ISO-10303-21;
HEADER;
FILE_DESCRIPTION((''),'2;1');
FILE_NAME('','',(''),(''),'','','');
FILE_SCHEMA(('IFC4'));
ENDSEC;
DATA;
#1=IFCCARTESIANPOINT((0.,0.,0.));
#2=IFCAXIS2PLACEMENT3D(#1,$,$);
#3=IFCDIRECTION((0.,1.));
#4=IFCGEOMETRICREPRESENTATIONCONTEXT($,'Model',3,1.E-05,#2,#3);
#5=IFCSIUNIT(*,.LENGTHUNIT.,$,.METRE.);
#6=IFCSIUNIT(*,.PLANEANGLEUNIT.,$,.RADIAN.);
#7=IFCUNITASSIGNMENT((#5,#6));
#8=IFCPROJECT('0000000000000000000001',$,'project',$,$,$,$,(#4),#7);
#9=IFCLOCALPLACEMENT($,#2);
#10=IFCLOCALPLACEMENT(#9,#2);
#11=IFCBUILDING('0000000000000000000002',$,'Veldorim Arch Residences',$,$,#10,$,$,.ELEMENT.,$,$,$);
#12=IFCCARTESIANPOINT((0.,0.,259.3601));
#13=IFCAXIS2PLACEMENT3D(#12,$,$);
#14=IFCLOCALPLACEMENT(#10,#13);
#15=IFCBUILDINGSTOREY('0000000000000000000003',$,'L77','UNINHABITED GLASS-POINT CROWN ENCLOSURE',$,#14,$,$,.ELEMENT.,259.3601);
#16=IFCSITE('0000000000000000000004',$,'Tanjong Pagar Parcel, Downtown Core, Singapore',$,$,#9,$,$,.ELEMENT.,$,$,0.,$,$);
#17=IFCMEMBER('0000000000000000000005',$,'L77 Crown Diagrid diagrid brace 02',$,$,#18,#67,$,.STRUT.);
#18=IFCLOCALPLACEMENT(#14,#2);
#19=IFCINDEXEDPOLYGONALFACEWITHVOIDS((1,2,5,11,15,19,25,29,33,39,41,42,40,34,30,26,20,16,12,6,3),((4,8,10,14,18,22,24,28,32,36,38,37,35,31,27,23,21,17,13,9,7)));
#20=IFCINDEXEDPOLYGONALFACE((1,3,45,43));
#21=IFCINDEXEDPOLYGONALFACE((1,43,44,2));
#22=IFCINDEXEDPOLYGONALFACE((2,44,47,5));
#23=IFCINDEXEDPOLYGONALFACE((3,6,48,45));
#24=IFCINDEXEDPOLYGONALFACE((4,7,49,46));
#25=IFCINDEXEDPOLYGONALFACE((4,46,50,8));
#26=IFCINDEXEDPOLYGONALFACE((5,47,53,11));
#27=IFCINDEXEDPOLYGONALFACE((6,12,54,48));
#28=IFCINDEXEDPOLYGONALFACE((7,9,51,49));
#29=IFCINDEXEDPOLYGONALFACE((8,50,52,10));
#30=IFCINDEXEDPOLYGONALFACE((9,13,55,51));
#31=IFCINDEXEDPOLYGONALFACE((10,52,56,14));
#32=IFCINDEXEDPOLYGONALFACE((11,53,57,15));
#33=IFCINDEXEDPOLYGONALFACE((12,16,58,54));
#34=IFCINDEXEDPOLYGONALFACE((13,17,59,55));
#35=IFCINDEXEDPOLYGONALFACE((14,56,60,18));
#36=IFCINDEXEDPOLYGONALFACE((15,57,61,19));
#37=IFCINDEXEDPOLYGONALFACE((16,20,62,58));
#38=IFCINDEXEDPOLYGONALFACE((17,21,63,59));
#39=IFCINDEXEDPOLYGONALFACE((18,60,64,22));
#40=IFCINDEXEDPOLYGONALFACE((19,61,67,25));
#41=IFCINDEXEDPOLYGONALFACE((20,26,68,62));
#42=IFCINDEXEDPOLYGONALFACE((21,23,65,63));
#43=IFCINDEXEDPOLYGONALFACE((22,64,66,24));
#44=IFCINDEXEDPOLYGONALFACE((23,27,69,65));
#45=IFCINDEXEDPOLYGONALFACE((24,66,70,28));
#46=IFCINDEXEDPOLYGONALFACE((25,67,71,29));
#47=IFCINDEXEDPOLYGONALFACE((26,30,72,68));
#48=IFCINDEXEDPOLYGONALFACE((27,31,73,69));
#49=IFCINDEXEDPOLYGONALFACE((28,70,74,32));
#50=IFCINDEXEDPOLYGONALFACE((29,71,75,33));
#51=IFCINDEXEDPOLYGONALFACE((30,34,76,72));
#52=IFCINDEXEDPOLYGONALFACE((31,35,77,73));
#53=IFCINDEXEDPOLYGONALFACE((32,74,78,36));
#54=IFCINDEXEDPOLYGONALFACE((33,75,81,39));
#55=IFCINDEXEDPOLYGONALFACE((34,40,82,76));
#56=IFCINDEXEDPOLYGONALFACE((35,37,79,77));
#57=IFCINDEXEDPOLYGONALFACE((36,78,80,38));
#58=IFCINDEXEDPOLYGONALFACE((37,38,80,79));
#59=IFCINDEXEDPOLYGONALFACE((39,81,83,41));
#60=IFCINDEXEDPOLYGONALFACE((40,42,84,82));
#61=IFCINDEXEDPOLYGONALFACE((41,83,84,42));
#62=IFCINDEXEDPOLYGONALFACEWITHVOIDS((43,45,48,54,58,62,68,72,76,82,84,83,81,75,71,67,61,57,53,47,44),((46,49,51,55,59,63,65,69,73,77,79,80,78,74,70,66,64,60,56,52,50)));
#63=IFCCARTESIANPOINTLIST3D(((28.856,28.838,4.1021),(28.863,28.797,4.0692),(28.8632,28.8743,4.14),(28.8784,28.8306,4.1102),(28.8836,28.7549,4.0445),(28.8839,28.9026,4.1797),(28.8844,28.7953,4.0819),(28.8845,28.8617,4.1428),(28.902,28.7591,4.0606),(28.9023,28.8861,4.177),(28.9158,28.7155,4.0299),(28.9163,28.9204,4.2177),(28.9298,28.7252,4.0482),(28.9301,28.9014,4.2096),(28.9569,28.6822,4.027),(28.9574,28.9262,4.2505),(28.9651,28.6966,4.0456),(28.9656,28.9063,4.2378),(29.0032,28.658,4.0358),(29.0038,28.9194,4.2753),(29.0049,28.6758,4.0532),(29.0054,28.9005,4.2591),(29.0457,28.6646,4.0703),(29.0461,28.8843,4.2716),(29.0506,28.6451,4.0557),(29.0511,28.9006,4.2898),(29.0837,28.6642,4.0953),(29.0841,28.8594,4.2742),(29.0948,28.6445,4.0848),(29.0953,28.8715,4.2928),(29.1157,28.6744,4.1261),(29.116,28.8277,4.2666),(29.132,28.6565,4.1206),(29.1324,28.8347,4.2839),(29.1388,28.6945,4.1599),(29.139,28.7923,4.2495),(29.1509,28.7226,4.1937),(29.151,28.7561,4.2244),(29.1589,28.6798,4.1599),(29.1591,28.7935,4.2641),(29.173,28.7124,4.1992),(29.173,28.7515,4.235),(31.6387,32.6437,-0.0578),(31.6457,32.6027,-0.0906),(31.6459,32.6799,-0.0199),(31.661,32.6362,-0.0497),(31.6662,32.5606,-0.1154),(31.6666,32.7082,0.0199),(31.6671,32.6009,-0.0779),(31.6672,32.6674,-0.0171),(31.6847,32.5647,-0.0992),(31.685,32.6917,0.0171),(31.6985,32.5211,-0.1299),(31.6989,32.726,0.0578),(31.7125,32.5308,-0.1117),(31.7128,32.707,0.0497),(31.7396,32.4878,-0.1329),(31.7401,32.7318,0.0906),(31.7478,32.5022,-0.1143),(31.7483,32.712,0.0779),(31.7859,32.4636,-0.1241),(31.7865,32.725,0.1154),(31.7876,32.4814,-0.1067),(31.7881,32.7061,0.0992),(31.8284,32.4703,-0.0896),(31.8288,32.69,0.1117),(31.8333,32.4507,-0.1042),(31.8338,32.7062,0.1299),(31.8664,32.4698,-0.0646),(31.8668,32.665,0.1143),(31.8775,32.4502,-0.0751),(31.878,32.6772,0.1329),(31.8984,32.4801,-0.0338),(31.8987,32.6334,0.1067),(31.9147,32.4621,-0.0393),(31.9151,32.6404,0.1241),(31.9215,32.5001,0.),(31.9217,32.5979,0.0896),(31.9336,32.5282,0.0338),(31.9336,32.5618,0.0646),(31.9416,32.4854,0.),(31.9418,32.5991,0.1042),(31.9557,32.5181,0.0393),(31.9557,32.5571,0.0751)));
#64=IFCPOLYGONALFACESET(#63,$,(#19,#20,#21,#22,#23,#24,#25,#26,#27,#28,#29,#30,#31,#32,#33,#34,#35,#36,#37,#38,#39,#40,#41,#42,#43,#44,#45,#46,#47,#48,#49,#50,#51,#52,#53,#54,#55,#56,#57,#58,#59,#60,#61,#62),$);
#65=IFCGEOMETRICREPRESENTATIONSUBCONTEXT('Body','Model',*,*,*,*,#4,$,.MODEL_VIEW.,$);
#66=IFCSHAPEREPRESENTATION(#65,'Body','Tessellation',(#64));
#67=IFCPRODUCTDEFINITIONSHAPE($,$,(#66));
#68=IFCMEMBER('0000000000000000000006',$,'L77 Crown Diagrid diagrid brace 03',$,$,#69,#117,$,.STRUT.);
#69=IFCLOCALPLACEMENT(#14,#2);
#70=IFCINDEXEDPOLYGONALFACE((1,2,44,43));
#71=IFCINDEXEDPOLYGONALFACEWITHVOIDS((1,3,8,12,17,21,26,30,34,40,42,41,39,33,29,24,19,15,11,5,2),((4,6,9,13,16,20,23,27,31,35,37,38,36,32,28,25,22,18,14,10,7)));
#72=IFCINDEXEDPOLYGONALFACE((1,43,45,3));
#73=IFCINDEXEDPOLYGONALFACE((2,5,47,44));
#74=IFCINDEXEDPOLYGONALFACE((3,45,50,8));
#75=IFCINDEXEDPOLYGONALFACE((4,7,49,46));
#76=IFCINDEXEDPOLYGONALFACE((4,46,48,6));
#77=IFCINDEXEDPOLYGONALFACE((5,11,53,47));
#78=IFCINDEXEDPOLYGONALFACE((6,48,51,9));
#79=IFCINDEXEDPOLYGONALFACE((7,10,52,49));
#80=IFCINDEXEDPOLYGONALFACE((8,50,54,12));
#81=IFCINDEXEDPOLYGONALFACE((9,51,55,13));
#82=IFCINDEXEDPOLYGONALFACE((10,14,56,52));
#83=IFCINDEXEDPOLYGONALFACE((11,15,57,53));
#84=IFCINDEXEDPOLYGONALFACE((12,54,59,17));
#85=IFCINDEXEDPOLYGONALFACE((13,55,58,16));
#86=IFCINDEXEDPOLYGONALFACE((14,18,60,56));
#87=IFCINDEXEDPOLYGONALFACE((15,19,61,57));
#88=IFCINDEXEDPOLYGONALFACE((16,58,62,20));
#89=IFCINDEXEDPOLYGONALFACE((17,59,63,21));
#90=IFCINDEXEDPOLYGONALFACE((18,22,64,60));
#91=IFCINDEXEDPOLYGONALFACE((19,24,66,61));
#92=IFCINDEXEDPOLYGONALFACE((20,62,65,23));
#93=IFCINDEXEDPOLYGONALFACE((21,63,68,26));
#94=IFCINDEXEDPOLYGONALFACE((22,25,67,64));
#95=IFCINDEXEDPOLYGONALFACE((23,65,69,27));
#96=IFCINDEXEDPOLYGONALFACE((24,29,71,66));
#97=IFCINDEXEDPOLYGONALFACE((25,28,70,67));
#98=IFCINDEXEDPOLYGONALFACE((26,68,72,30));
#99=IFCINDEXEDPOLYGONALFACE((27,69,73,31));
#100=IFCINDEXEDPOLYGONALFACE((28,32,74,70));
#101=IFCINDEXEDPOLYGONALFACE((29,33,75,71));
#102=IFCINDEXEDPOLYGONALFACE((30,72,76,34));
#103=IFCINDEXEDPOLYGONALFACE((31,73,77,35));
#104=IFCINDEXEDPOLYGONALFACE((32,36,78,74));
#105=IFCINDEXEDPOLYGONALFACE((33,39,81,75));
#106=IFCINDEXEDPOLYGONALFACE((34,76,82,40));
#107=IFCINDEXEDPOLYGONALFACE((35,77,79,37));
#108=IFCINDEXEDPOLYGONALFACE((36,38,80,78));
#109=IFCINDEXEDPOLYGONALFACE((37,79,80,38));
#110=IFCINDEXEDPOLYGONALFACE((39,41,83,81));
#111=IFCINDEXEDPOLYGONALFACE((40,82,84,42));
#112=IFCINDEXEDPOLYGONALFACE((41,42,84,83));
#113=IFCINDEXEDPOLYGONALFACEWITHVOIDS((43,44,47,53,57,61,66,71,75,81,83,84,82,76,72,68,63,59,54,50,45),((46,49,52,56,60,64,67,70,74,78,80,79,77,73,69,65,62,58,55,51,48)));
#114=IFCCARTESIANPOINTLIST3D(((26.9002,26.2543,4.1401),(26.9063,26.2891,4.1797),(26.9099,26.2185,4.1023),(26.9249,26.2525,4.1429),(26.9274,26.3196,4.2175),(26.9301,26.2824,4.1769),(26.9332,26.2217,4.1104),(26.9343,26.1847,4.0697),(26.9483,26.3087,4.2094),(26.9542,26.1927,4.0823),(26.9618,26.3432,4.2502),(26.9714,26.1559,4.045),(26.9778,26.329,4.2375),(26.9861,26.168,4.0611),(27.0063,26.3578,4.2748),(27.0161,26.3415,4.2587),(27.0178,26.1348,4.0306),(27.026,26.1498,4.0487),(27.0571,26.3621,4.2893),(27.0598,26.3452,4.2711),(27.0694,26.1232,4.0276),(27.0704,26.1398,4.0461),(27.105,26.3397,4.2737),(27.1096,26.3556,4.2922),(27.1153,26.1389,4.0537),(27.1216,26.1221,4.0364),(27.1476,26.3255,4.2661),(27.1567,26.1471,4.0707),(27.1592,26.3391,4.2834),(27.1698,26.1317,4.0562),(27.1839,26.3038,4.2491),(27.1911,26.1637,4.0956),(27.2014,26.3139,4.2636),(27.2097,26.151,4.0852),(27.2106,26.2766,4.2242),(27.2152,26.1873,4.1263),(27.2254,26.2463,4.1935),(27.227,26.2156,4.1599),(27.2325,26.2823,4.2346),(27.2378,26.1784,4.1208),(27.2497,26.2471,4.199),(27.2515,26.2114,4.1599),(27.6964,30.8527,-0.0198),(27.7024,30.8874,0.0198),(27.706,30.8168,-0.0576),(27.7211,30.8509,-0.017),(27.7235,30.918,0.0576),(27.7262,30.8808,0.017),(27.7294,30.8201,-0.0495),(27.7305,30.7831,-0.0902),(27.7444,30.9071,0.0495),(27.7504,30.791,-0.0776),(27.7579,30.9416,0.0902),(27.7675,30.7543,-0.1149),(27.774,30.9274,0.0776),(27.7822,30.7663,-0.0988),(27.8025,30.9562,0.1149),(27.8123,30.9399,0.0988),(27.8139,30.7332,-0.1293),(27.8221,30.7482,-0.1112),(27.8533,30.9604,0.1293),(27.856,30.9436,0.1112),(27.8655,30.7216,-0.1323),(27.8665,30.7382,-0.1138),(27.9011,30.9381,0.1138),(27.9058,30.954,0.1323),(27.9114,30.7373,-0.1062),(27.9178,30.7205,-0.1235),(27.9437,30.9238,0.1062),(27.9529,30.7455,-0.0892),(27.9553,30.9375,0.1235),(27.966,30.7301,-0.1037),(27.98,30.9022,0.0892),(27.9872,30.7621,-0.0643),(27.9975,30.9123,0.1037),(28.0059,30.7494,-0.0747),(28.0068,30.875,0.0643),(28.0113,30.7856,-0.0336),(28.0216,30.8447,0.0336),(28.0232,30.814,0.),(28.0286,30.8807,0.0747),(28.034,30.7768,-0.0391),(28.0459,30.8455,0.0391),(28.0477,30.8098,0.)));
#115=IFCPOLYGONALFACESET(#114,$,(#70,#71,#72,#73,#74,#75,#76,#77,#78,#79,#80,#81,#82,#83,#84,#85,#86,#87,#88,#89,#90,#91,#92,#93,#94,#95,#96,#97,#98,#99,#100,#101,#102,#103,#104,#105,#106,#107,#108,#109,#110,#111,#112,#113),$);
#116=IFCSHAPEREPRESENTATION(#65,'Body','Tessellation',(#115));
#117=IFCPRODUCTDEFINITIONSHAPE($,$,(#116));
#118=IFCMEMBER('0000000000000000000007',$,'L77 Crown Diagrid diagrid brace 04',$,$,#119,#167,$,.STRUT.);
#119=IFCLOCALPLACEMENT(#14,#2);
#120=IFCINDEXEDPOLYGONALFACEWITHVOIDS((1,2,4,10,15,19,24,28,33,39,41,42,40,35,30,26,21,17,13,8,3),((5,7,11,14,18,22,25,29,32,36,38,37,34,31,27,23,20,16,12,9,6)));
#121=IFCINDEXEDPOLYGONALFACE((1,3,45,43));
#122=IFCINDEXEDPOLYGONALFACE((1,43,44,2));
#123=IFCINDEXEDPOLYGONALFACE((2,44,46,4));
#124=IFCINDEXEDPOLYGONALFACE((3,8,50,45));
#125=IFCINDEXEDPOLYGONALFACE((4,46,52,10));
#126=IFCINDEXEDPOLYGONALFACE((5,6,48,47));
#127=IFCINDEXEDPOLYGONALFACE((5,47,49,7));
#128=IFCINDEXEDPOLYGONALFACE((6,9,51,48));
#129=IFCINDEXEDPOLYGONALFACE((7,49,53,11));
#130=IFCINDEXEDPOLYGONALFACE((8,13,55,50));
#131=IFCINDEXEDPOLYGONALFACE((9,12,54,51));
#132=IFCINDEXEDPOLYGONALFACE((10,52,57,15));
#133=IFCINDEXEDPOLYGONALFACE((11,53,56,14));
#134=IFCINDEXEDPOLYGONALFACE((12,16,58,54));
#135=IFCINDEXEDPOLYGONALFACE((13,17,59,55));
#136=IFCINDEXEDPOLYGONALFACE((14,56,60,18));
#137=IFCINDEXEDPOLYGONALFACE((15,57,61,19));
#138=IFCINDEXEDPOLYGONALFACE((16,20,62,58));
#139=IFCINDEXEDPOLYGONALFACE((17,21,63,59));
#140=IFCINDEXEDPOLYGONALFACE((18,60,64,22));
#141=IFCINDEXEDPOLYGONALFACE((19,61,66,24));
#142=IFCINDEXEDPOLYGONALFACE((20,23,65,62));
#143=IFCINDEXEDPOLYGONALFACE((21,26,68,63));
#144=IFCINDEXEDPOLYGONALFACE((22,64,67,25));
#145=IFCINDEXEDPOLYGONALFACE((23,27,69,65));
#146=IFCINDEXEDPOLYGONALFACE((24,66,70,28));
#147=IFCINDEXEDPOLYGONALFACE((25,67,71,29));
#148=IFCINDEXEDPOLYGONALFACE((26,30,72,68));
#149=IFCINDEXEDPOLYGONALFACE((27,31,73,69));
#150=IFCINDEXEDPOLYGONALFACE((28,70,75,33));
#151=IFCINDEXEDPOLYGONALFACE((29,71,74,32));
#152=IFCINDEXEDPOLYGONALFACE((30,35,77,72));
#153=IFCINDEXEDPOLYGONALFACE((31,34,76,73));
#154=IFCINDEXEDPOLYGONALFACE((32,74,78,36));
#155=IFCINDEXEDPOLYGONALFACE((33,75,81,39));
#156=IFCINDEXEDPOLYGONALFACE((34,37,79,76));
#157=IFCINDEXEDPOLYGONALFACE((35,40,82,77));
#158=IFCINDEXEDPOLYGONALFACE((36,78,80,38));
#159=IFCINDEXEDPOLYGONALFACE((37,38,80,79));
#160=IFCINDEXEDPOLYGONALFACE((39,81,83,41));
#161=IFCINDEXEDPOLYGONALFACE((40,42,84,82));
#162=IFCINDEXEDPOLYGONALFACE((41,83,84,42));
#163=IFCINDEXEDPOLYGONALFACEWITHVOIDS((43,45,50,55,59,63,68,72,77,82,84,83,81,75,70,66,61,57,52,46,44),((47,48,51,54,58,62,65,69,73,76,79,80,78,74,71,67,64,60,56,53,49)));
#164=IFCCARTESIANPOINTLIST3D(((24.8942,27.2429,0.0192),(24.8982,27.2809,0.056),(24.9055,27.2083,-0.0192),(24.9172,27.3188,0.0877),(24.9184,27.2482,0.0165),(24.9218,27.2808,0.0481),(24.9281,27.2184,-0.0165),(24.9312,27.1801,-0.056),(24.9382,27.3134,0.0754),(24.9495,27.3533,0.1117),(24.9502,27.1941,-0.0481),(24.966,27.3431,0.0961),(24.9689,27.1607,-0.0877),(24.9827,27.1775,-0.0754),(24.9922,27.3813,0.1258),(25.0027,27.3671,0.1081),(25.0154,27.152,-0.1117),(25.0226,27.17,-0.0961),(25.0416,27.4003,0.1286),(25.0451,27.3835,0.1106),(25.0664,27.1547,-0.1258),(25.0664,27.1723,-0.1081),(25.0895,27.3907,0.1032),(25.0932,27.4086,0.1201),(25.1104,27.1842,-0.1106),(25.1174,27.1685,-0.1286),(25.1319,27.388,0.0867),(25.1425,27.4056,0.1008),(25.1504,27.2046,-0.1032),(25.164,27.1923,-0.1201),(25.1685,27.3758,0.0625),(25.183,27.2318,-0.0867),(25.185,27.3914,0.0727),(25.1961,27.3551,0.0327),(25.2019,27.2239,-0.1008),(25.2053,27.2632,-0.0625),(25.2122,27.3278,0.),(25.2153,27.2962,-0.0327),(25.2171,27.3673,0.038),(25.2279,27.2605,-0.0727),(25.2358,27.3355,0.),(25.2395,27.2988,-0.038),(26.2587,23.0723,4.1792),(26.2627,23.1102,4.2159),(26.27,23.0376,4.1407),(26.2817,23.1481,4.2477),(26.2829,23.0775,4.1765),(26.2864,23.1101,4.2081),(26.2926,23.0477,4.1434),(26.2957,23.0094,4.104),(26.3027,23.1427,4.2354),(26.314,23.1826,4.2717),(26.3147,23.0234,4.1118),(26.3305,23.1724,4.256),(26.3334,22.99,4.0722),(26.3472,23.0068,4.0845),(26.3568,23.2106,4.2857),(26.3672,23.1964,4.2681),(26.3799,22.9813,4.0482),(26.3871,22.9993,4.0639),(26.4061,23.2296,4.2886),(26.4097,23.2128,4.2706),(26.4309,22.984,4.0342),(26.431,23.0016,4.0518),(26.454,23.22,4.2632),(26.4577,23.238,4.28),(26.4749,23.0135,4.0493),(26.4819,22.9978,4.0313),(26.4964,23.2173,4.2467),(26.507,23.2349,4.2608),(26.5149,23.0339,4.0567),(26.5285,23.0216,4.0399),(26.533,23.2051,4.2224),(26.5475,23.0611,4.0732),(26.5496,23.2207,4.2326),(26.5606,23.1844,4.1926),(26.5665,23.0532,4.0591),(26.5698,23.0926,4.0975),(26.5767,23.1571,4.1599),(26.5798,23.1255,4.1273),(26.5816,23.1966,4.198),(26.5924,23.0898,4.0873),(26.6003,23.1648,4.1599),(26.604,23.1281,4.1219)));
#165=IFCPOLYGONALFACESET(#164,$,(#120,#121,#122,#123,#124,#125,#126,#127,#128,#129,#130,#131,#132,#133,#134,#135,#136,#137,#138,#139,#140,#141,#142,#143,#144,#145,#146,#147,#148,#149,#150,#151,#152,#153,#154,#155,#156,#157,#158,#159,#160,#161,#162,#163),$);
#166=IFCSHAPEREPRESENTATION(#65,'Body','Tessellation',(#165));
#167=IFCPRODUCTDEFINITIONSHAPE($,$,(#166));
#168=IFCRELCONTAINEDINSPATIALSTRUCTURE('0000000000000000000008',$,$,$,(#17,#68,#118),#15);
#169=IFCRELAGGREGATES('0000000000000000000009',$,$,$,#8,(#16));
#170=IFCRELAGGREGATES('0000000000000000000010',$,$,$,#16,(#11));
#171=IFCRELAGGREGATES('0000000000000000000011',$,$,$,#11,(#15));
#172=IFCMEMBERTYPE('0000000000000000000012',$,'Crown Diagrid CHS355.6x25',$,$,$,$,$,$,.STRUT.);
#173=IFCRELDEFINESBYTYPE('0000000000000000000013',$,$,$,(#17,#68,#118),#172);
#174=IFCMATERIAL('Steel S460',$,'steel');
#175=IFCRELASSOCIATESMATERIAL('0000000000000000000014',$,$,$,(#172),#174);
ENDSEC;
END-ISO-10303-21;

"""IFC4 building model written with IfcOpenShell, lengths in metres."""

from ifc_helpers import new_model, si_unit, direction, frame, origin, origin_2d, place, context, subcontext, project, spatial, hollow_circle, extrude, material, material_profile, profile_set, type_object, element, save


model = new_model("IFC4")

# Units and contexts
model_context = context("Model", 3, precision=1e-05, world=origin(), true_north=direction((0.0, 1.0)))
body_context = subcontext(model_context, "Body", "Model", "MODEL_VIEW")
ifc_project = project(units=[si_unit("LENGTHUNIT", "METRE"), si_unit("PLANEANGLEUNIT", "RADIAN")], contexts=[model_context])

# Site, building, storey
site_placement = place(None, origin())
site = spatial("IfcSite", under=ifc_project, at=site_placement, Name="Tanjong Pagar Parcel, Downtown Core, Singapore", CompositionType="ELEMENT", RefElevation=0.0)
building_placement = place(site_placement, origin())
building = spatial("IfcBuilding", under=site, at=building_placement, Name="Veldorim Arch Residences", CompositionType="ELEMENT")
storey_placement = place(building_placement, frame((0.0, 0.0, 259.3601)))
storey = spatial("IfcBuildingStorey", under=building, at=storey_placement, Name="L77", Description="UNINHABITED GLASS-POINT CROWN ENCLOSURE", CompositionType="ELEMENT", Elevation=259.3601)

# Members
ifc_material_1 = material(Name="Steel S460", Category="steel")
ifc_material_profile_1 = material_profile(ifc_material_1, hollow_circle(Radius=0.1777, WallThickness=0.0249, at=origin_2d()), Name="CHS355.6x25")
ifc_profile_set_1 = profile_set([ifc_material_profile_1], Name="Steel S460")
member_type_1 = type_object("IfcMemberType", Name="Crown Diagrid CHS355.6x25", PredefinedType="STRUT", material=ifc_profile_set_1)
member_1_placement = place(storey_placement, frame((31.7981, 32.5903, 0.0), z_axis=(-0.442586, -0.605284, 0.661626), x_axis=(0.807224, -0.590245, 0.0)))
element("IfcMember", 1, at=member_1_placement, inside=storey, type_object=member_type_1, Name="L77 Crown Diagrid diagrid brace 02", PredefinedType="STRUT", context=body_context, shape_type="SweptSolid", body=[
    extrude(hollow_circle(Radius=0.1777, WallThickness=0.0249, at=origin_2d()), origin(), (0.0, 0.0, 1.0), 6.2874),
])
member_2_placement = place(storey_placement, frame((27.8726, 30.8401, 0.0), z_axis=(-0.127348, -0.735541, 0.665404), x_axis=(0.985341, -0.170597, 0.0)))
element("IfcMember", 2, at=member_2_placement, inside=storey, type_object=member_type_1, Name="L77 Crown Diagrid diagrid brace 03", PredefinedType="STRUT", context=body_context, shape_type="SweptSolid", body=[
    extrude(hollow_circle(Radius=0.1777, WallThickness=0.0249, at=origin_2d()), origin(), (0.0, 0.0, 1.0), 6.2517),
])
member_3_placement = place(storey_placement, frame((25.0669, 27.2803, 0.0), z_axis=(0.225665, -0.689755, 0.687978), x_axis=(0.950427, 0.310949, 0.0)))
element("IfcMember", 3, at=member_3_placement, inside=storey, type_object=member_type_1, Name="L77 Crown Diagrid diagrid brace 04", PredefinedType="STRUT", context=body_context, shape_type="SweptSolid", body=[
    extrude(hollow_circle(Radius=0.1777, WallThickness=0.0249, at=origin_2d()), origin(), (0.0, 0.0, 1.0), 6.0466),
])

save(model, "model.ifc")
